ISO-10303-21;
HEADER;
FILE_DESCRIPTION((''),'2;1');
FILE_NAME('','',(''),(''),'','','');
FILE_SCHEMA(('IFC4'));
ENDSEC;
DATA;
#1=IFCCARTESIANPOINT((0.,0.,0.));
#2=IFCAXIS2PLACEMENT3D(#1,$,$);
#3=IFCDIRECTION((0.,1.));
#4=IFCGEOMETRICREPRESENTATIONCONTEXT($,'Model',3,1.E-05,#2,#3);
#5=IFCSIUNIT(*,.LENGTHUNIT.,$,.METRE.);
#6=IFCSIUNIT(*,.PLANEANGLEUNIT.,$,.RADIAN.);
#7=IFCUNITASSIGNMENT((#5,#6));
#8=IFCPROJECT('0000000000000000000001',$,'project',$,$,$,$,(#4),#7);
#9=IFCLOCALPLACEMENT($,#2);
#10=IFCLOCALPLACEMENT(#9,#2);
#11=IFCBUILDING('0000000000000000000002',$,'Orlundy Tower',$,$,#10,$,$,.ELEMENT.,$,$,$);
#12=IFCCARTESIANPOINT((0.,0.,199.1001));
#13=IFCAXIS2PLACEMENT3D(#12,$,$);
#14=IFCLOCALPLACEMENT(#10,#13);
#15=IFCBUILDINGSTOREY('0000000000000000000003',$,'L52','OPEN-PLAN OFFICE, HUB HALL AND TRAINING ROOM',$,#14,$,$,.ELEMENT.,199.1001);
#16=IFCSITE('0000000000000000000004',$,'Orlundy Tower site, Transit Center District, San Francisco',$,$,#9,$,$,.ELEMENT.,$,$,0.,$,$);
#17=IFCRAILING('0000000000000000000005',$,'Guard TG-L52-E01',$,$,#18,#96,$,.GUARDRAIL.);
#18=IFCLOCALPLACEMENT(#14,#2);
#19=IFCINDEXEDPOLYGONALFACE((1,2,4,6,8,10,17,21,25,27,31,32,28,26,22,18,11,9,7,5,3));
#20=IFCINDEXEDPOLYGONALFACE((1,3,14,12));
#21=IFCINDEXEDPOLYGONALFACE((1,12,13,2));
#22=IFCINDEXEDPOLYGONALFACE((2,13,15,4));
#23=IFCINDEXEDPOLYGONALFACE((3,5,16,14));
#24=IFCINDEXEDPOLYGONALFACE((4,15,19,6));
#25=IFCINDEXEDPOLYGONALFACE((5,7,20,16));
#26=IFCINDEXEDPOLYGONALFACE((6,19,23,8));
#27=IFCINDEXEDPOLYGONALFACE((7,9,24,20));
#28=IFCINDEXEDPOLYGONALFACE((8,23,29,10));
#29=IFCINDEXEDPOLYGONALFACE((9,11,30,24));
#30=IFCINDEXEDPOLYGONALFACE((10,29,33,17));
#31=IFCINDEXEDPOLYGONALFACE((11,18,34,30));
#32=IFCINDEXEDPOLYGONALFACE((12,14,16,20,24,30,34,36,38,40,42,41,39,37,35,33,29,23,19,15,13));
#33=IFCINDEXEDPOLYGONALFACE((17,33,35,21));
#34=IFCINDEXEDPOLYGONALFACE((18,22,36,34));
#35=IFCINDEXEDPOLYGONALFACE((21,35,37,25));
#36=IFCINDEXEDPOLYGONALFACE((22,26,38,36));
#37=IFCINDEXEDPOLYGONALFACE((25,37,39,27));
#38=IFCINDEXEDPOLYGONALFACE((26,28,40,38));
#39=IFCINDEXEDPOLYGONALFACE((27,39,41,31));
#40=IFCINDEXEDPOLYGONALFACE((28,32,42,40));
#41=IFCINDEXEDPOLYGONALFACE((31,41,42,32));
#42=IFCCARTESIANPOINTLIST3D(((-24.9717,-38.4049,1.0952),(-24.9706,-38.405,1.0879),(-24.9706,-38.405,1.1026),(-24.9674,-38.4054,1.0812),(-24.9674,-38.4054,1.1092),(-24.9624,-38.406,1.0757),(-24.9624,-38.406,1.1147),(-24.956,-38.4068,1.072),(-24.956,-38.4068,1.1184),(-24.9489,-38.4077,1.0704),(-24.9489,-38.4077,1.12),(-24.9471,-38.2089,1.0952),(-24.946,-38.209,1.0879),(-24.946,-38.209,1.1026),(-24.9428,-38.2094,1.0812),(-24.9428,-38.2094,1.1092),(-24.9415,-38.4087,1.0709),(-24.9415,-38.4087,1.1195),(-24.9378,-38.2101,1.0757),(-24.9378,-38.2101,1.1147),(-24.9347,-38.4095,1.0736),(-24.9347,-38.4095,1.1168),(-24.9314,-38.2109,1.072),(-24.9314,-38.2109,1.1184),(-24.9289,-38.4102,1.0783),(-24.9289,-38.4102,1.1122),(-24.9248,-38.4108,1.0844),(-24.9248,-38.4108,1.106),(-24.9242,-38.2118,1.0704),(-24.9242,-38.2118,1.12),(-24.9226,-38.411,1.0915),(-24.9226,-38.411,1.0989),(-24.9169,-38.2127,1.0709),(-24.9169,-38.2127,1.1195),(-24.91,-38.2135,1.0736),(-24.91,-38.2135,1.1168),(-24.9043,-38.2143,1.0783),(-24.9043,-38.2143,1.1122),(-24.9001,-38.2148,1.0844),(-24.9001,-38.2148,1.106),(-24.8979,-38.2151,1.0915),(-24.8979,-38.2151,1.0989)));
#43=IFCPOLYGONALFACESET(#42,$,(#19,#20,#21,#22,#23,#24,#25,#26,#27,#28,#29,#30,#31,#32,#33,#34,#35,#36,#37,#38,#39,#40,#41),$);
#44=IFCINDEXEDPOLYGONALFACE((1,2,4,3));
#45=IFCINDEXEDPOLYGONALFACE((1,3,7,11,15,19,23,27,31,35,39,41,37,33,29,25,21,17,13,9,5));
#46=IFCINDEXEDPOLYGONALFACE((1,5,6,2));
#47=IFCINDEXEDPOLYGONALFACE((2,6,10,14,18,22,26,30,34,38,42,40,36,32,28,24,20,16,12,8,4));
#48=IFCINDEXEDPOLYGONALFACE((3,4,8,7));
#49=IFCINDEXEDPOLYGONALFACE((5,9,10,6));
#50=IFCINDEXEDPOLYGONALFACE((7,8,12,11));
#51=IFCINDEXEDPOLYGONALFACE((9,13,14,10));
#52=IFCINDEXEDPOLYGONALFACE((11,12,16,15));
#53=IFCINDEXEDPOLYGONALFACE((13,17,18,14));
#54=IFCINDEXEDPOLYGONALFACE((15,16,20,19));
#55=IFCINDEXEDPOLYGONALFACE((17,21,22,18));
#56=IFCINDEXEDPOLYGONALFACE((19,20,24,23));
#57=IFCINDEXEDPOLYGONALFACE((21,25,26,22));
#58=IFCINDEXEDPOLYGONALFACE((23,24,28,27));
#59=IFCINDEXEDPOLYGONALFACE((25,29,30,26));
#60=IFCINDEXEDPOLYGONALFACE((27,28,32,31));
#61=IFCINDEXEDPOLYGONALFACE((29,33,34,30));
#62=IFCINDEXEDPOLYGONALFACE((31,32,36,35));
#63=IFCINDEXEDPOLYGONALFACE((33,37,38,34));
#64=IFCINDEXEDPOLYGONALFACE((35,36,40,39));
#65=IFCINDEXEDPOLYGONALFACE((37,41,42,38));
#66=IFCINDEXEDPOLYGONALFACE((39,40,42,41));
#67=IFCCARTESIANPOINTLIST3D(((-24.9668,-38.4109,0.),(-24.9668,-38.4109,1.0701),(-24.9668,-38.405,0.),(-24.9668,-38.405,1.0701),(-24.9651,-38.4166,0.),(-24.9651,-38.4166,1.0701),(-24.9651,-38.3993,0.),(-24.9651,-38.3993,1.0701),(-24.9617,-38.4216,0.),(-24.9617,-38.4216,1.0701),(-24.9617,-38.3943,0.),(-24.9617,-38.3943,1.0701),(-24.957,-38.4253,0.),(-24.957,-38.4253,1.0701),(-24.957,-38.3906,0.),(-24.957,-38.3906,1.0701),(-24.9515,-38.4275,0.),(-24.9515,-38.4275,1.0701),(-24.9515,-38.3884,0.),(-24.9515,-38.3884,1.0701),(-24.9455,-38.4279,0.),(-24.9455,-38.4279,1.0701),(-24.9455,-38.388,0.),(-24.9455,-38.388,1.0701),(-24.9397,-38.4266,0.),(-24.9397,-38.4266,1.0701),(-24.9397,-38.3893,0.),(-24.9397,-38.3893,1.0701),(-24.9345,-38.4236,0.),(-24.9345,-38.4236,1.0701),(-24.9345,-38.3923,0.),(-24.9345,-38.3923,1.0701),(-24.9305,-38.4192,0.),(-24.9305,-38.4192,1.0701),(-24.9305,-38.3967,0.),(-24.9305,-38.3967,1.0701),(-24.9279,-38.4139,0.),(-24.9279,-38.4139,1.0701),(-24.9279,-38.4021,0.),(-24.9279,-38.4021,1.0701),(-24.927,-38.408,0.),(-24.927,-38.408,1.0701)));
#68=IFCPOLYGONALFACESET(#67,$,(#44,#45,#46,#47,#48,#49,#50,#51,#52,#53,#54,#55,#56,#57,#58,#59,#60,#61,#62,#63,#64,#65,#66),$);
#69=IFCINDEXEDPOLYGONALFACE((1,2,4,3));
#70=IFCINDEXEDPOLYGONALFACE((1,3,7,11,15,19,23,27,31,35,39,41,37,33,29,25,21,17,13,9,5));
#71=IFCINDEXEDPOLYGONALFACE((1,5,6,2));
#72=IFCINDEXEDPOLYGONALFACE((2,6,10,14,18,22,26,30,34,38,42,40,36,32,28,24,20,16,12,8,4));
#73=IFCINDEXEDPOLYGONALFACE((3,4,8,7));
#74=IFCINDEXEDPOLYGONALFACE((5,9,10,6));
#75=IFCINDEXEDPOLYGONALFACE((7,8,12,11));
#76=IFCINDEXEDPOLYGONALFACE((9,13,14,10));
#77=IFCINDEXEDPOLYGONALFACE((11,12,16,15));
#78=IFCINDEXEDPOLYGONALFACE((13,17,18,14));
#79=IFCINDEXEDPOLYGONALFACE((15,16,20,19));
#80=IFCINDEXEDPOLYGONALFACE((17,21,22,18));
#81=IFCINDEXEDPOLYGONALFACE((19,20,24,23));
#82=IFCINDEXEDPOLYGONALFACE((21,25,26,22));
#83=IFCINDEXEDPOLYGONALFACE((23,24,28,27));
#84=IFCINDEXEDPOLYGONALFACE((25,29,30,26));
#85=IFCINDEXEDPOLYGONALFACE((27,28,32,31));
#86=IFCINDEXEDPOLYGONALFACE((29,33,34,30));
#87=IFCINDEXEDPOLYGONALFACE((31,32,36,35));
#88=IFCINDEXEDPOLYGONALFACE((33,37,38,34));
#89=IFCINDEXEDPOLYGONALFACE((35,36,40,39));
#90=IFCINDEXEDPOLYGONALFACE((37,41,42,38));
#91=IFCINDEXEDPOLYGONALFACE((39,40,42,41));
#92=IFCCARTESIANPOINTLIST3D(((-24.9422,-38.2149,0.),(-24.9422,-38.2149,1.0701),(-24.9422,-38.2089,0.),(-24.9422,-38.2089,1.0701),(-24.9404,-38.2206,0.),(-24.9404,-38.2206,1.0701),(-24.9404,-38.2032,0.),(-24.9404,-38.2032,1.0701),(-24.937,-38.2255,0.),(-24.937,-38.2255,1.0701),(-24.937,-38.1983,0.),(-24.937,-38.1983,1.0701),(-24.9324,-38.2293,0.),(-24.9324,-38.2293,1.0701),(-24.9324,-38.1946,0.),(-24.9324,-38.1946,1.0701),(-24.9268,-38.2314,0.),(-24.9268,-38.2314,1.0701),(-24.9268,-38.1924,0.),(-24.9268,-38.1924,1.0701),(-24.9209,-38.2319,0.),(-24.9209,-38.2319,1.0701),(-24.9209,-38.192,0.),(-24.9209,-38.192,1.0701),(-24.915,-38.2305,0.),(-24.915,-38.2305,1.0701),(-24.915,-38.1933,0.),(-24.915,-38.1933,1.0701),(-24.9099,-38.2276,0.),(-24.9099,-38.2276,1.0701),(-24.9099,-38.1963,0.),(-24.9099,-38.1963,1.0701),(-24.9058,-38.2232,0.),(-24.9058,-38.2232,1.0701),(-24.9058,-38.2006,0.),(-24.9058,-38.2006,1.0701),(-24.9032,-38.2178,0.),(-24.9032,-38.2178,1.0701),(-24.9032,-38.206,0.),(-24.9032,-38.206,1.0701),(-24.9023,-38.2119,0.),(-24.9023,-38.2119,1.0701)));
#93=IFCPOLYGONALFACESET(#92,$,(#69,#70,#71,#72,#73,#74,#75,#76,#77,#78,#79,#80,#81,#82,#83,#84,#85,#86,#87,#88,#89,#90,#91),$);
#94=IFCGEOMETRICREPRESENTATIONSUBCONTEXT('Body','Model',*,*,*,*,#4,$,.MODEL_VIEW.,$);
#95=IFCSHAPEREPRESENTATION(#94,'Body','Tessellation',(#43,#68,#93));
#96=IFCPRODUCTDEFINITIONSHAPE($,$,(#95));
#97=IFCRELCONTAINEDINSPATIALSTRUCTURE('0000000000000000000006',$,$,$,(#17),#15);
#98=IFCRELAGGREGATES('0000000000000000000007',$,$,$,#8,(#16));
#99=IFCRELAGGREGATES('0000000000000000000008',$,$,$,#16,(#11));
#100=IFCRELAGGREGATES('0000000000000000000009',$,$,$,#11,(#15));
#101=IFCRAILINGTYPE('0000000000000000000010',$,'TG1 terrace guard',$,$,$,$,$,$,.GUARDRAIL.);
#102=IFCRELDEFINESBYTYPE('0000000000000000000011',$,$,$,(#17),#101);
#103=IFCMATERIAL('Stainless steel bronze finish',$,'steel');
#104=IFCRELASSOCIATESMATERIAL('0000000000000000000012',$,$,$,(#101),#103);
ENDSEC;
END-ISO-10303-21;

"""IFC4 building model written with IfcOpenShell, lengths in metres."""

from ifc_helpers import new_model, si_unit, direction, frame, origin, origin_2d, place, context, subcontext, project, spatial, circle, extrude, material, type_object, element, save


model = new_model("IFC4")

# Units and contexts
model_context = context("Model", 3, precision=1e-05, world=origin(), true_north=direction((0.0, 1.0)))
body_context = subcontext(model_context, "Body", "Model", "MODEL_VIEW")
ifc_project = project(units=[si_unit("LENGTHUNIT", "METRE"), si_unit("PLANEANGLEUNIT", "RADIAN")], contexts=[model_context])

# Site, building, storey
site_placement = place(None, origin())
site = spatial("IfcSite", under=ifc_project, at=site_placement, Name="Orlundy Tower site, Transit Center District, San Francisco", CompositionType="ELEMENT", RefElevation=0.0)
building_placement = place(site_placement, origin())
building = spatial("IfcBuilding", under=site, at=building_placement, Name="Orlundy Tower", CompositionType="ELEMENT")
storey_placement = place(building_placement, frame((0.0, 0.0, 199.1001)))
storey = spatial("IfcBuildingStorey", under=building, at=storey_placement, Name="L52", Description="OPEN-PLAN OFFICE, HUB HALL AND TRAINING ROOM", CompositionType="ELEMENT", Elevation=199.1001)

# Railing
ifc_material_1 = material(Name="Stainless steel bronze finish", Category="steel")
railing_type = type_object("IfcRailingType", Name="TG1 terrace guard", PredefinedType="GUARDRAIL", material=ifc_material_1)
railing_placement = place(storey_placement, frame((-24.947, -38.408, 0.0)))
element("IfcRailing", 1, at=railing_placement, inside=storey, type_object=railing_type, Name="Guard TG-L52-E01", PredefinedType="GUARDRAIL", context=body_context, shape_type="SweptSolid", body=[
    extrude(circle(Radius=0.0249, at=origin_2d()), frame((0.0, 0.0, 1.0952), z_axis=(0.124795, 0.992183, 0.0), x_axis=(-0.992183, 0.124795, 0.0)), (0.0, 0.0, 1.0), 0.1975),
    extrude(circle(Radius=0.02, at=origin_2d()), origin(), (0.0, 0.0, 1.0), 1.0701),
    extrude(circle(Radius=0.02, at=origin_2d()), frame((0.0247, 0.196, 0.0)), (0.0, 0.0, 1.0), 1.0701),
])

save(model, "model.ifc")
